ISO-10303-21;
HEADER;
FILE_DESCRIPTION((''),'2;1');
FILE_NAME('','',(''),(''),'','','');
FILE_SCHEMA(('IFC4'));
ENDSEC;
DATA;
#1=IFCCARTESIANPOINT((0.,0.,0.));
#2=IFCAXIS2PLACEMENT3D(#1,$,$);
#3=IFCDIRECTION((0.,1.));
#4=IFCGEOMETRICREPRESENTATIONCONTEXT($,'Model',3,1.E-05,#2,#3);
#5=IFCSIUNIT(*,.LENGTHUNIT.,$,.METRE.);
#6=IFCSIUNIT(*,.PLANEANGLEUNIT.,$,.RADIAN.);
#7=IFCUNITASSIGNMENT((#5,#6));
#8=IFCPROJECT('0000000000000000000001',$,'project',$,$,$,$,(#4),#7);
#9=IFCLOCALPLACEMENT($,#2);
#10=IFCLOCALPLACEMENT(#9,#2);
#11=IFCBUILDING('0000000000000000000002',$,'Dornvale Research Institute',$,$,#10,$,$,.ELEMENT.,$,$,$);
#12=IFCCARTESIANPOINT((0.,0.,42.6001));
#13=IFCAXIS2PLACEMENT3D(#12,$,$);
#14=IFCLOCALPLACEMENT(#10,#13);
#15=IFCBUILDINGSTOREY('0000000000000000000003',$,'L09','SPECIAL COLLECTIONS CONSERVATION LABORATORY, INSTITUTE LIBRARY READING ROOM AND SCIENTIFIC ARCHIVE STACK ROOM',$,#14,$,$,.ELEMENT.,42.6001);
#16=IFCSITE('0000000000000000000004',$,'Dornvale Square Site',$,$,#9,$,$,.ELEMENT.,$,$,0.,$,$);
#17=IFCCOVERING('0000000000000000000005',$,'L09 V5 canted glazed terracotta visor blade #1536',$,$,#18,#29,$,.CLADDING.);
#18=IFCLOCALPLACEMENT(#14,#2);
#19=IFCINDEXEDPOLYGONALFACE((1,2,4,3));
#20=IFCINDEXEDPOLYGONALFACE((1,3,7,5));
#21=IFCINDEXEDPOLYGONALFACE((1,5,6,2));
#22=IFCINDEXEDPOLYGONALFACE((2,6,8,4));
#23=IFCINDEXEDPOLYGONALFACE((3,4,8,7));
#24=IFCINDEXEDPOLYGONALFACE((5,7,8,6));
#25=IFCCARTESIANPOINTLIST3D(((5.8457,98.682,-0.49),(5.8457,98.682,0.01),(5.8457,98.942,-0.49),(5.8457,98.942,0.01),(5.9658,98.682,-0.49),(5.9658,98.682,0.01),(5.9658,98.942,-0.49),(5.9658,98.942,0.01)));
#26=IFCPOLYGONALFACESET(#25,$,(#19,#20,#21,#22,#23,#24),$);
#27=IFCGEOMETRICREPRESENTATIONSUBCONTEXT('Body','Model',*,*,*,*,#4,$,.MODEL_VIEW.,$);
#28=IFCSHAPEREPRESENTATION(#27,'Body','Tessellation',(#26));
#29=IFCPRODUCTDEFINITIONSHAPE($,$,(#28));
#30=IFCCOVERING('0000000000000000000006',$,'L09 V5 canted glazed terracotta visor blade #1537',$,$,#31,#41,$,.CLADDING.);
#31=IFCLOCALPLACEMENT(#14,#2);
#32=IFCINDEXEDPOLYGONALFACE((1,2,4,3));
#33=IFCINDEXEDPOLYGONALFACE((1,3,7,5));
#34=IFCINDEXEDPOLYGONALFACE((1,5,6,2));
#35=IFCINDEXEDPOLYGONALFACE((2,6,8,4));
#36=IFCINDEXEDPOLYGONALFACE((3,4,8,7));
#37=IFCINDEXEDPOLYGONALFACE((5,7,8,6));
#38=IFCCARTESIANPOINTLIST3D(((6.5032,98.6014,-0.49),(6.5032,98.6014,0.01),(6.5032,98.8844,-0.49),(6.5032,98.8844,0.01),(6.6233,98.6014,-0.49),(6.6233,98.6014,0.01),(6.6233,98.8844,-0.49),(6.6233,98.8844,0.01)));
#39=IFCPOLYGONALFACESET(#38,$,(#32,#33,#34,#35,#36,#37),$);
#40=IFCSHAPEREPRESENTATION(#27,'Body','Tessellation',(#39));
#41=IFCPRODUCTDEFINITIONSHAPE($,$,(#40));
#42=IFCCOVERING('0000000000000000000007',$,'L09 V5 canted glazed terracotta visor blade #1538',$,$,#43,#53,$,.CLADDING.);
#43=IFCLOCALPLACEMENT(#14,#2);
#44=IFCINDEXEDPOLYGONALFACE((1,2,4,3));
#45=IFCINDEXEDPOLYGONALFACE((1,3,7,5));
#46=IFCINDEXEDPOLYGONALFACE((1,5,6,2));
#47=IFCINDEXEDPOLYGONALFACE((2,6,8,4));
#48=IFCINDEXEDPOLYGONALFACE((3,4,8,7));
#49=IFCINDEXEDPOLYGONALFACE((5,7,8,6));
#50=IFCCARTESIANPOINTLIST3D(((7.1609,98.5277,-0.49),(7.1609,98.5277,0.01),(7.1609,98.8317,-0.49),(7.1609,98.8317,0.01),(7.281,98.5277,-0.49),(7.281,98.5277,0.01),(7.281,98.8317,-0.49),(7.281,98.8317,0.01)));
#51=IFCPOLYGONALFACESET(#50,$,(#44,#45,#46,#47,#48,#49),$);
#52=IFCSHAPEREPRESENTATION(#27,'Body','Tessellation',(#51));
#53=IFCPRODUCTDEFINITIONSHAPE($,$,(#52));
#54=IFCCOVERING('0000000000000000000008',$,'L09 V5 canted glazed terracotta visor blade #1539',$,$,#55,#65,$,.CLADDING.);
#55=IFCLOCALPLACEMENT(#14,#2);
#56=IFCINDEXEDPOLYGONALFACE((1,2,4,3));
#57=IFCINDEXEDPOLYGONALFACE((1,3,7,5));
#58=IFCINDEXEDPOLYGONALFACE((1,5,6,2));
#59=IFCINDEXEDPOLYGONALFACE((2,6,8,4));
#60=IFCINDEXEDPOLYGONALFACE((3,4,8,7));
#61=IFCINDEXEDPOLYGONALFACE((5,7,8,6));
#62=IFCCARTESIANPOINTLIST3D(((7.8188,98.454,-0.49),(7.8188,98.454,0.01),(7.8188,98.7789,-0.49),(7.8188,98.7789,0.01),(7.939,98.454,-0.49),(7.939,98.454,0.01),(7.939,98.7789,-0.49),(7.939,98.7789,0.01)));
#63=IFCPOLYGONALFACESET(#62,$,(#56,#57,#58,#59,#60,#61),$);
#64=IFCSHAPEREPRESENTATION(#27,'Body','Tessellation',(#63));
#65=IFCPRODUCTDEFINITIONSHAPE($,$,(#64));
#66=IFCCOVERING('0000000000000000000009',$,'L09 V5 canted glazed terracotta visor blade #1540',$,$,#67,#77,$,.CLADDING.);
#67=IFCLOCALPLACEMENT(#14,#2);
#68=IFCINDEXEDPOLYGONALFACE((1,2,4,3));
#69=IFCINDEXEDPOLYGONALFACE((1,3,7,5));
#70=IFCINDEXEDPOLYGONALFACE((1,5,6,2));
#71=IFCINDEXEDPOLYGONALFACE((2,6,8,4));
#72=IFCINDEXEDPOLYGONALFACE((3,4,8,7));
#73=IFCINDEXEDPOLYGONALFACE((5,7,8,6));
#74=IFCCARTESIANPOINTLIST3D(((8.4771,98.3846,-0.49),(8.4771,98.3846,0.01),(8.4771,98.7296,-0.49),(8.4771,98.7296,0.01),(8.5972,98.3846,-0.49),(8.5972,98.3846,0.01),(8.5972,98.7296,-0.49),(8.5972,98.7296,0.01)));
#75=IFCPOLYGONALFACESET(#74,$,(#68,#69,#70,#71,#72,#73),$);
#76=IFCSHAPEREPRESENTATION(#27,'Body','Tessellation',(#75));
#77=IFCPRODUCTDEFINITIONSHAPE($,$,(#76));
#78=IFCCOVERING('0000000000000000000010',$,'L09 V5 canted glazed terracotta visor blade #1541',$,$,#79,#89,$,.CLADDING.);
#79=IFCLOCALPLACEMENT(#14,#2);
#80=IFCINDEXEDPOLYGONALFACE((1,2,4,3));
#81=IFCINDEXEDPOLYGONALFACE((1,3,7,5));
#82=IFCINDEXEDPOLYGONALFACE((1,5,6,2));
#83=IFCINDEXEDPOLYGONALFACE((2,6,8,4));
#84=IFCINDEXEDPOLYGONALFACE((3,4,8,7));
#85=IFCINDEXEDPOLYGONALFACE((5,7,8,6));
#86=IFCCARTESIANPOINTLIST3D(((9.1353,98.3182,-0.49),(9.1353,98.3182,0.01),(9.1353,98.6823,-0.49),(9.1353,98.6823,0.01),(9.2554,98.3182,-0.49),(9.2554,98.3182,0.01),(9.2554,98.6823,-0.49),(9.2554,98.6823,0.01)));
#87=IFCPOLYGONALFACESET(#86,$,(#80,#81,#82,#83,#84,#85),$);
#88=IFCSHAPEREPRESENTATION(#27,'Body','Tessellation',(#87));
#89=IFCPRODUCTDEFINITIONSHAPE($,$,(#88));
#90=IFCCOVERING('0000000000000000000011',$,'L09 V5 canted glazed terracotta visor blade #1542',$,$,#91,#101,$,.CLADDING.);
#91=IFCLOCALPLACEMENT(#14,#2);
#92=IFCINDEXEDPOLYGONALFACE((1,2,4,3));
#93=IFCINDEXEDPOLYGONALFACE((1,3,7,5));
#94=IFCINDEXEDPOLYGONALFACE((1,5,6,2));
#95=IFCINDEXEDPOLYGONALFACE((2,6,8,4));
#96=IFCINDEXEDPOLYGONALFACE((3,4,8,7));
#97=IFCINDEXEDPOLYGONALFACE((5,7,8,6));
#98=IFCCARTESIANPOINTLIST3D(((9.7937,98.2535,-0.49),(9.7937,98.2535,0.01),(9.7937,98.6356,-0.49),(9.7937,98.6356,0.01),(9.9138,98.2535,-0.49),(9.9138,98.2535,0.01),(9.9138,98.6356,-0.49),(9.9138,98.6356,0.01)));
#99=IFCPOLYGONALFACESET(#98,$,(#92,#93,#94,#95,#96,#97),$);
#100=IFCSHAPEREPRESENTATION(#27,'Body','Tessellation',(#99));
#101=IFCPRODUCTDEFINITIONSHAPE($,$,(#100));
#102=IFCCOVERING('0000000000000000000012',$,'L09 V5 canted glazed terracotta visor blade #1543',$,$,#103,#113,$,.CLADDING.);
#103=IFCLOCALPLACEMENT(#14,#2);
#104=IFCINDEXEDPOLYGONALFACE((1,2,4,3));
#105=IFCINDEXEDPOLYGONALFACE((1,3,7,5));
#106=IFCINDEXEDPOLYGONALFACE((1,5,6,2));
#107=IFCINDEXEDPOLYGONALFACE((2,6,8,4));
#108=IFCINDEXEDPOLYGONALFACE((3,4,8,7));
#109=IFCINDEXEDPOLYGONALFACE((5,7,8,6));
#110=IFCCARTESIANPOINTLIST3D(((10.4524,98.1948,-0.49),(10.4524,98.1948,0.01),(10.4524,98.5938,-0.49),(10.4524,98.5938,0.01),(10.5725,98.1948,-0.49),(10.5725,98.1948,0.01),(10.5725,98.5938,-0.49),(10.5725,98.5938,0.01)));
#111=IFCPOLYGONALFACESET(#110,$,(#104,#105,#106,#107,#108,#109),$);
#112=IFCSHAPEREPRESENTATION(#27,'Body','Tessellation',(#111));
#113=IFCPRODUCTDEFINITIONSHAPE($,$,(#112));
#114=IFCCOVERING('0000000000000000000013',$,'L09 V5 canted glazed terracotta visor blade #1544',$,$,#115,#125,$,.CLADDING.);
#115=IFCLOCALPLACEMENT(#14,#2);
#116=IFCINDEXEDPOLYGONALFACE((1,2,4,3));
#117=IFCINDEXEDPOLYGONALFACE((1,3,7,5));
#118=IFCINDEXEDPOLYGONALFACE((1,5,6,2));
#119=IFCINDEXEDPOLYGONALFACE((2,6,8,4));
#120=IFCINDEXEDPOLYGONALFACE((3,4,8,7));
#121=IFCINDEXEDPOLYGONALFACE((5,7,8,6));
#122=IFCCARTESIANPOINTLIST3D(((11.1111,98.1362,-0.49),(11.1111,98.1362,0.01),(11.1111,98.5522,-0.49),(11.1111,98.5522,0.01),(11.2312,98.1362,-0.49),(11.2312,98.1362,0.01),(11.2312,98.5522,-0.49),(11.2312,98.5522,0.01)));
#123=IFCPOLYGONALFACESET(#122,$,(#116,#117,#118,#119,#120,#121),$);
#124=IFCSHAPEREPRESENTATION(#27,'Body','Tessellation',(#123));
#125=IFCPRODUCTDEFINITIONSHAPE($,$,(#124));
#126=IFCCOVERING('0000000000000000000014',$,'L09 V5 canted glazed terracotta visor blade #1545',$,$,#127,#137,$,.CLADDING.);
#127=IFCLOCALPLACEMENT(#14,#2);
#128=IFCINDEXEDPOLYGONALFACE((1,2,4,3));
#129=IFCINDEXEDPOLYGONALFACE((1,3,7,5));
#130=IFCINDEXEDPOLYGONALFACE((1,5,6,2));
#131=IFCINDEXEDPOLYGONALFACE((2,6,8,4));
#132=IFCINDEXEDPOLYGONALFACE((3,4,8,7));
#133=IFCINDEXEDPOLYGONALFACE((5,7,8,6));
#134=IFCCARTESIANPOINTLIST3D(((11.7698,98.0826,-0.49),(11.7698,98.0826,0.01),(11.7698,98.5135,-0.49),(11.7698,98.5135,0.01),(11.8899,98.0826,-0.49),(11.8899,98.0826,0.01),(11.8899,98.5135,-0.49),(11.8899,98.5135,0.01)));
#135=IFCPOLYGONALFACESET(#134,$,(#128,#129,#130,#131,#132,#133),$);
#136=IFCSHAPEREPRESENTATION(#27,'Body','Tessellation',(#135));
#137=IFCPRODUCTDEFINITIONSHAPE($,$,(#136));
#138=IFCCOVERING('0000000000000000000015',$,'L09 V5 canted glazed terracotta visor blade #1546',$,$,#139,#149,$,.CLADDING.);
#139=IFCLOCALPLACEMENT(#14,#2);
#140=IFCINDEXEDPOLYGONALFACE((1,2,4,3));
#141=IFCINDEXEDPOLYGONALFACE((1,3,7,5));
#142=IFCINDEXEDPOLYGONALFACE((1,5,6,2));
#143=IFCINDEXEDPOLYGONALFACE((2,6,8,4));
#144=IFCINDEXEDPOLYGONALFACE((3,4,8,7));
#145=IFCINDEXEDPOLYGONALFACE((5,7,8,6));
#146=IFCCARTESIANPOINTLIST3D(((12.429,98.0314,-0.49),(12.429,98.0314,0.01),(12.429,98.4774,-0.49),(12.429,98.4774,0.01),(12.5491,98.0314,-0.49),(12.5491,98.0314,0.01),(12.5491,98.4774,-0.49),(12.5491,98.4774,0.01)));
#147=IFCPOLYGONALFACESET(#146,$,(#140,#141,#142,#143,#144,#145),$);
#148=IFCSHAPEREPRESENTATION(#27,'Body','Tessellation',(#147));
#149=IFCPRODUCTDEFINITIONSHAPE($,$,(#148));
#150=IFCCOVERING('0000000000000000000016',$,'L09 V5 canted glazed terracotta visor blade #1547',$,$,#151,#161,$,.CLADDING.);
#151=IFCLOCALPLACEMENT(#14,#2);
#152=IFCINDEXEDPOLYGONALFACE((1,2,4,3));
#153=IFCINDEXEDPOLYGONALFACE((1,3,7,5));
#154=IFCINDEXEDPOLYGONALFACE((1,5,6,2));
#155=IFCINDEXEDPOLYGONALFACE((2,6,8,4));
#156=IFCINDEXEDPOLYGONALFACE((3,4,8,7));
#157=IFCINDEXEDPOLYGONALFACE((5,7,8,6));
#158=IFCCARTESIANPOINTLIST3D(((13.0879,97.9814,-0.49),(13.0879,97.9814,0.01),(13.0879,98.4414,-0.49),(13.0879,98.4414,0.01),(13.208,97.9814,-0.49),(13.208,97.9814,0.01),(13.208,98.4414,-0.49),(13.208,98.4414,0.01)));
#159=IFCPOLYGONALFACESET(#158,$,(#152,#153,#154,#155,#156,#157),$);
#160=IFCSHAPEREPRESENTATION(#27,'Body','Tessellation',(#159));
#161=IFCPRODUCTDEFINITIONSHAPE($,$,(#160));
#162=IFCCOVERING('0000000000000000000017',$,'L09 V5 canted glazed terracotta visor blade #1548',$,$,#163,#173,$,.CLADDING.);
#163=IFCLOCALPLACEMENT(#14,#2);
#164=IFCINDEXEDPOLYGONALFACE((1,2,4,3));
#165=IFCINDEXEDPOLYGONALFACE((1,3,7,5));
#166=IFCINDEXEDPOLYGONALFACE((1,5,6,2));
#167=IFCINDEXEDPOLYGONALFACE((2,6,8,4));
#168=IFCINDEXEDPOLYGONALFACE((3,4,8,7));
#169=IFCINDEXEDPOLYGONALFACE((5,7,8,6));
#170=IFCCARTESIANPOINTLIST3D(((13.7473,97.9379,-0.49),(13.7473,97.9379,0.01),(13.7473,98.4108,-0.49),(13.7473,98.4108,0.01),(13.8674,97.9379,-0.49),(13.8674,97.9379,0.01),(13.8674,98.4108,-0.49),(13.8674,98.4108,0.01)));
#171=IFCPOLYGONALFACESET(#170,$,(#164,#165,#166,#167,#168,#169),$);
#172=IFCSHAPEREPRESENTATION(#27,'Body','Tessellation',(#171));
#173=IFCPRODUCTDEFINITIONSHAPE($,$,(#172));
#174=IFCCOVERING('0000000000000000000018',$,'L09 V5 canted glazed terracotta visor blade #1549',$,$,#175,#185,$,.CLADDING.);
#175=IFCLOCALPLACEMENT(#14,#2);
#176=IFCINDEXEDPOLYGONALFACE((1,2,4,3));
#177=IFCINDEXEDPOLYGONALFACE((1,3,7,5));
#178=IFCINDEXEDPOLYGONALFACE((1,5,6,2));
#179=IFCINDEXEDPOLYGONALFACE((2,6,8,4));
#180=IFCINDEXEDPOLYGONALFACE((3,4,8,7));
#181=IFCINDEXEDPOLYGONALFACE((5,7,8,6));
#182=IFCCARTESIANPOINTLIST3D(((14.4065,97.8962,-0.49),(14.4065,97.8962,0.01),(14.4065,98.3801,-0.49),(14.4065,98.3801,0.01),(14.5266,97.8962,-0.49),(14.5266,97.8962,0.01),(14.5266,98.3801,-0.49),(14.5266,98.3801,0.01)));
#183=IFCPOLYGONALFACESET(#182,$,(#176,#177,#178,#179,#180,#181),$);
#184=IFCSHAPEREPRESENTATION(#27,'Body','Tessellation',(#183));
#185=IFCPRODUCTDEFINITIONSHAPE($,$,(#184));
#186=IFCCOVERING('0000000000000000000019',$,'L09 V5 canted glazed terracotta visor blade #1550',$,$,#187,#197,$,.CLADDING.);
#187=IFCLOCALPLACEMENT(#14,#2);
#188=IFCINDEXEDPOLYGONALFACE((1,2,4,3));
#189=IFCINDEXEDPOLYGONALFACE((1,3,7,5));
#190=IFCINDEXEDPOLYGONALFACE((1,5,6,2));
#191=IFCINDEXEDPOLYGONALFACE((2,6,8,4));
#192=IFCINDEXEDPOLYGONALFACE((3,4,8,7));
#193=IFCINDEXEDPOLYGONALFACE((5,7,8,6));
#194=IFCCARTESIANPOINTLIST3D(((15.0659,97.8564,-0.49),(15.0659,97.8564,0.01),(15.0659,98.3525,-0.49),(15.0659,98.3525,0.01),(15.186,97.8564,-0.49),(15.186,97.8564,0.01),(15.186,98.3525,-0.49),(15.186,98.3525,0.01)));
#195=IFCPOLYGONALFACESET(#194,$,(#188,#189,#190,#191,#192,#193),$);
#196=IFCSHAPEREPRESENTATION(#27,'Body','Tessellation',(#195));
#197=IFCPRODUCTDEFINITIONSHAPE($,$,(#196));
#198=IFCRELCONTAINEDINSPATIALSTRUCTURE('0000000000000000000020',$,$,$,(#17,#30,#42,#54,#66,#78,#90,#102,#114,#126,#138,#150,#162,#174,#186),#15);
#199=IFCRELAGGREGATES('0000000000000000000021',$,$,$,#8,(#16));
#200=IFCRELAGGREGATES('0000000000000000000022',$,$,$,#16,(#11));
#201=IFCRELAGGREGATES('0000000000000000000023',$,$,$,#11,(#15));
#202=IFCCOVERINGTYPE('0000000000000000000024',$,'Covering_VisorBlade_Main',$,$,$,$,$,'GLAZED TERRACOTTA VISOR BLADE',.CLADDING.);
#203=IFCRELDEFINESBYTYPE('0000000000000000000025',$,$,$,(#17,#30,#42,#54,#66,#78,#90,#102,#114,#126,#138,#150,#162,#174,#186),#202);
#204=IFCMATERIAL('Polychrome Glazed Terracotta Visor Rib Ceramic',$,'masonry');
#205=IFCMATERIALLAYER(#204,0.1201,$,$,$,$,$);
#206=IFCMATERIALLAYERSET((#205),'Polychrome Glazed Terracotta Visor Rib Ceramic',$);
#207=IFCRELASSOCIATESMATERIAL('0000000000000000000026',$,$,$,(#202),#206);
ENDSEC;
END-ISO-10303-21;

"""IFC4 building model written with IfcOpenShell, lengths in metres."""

from ifc_helpers import new_model, si_unit, direction, frame, origin, origin_2d, place, context, subcontext, project, spatial, rectangle, extrude, material, layer, layer_set, type_object, element, save


model = new_model("IFC4")

# Units and contexts
model_context = context("Model", 3, precision=1e-05, world=origin(), true_north=direction((0.0, 1.0)))
body_context = subcontext(model_context, "Body", "Model", "MODEL_VIEW")
ifc_project = project(units=[si_unit("LENGTHUNIT", "METRE"), si_unit("PLANEANGLEUNIT", "RADIAN")], contexts=[model_context])

# Site, building, storey
site_placement = place(None, origin())
site = spatial("IfcSite", under=ifc_project, at=site_placement, Name="Dornvale Square Site", CompositionType="ELEMENT", RefElevation=0.0)
building_placement = place(site_placement, origin())
building = spatial("IfcBuilding", under=site, at=building_placement, Name="Dornvale Research Institute", CompositionType="ELEMENT")
storey_placement = place(building_placement, frame((0.0, 0.0, 42.6001)))
storey = spatial("IfcBuildingStorey", under=building, at=storey_placement, Name="L09", Description="SPECIAL COLLECTIONS CONSERVATION LABORATORY, INSTITUTE LIBRARY READING ROOM AND SCIENTIFIC ARCHIVE STACK ROOM", CompositionType="ELEMENT", Elevation=42.6001)

# Coverings
ifc_material = material(Name="Polychrome Glazed Terracotta Visor Rib Ceramic", Category="masonry")
ifc_layer = layer(ifc_material, 0.1201)
ifc_layer_set = layer_set([ifc_layer], Name="Polychrome Glazed Terracotta Visor Rib Ceramic")
covering_type = type_object("IfcCoveringType", Name="Covering_VisorBlade_Main", ElementType="GLAZED TERRACOTTA VISOR BLADE", PredefinedType="CLADDING", material=ifc_layer_set)
covering_1_placement = place(storey_placement, frame((5.9058, 98.812, -0.49), z_axis=(0.0, 0.0, 1.0), x_axis=(0.0, 1.0, 0.0)))
element("IfcCovering", 1, at=covering_1_placement, inside=storey, type_object=covering_type, Name="L09 V5 canted glazed terracotta visor blade #1536", PredefinedType="CLADDING", context=body_context, shape_type="SweptSolid", body=[
    extrude(rectangle(XDim=0.26, YDim=0.1201, at=origin_2d()), origin(), (0.0, 0.0, 1.0), 0.5),
])
covering_2_placement = place(storey_placement, frame((6.5632, 98.7429, -0.49), z_axis=(0.0, 0.0, 1.0), x_axis=(0.0, 1.0, 0.0)))
element("IfcCovering", 2, at=covering_2_placement, inside=storey, type_object=covering_type, Name="L09 V5 canted glazed terracotta visor blade #1537", PredefinedType="CLADDING", context=body_context, shape_type="SweptSolid", body=[
    extrude(rectangle(XDim=0.283, YDim=0.1201, at=origin_2d()), origin(), (0.0, 0.0, 1.0), 0.5),
])
covering_3_placement = place(storey_placement, frame((7.2209, 98.6797, -0.49), z_axis=(0.0, 0.0, 1.0), x_axis=(0.0, 1.0, 0.0)))
element("IfcCovering", 3, at=covering_3_placement, inside=storey, type_object=covering_type, Name="L09 V5 canted glazed terracotta visor blade #1538", PredefinedType="CLADDING", context=body_context, shape_type="SweptSolid", body=[
    extrude(rectangle(XDim=0.304, YDim=0.1201, at=origin_2d()), origin(), (0.0, 0.0, 1.0), 0.5),
])
covering_4_placement = place(storey_placement, frame((7.8789, 98.6165, -0.49), z_axis=(0.0, 0.0, 1.0), x_axis=(0.0, 1.0, 0.0)))
element("IfcCovering", 4, at=covering_4_placement, inside=storey, type_object=covering_type, Name="L09 V5 canted glazed terracotta visor blade #1539", PredefinedType="CLADDING", context=body_context, shape_type="SweptSolid", body=[
    extrude(rectangle(XDim=0.325, YDim=0.1201, at=origin_2d()), origin(), (0.0, 0.0, 1.0), 0.5),
])
covering_5_placement = place(storey_placement, frame((8.5371, 98.5571, -0.49), z_axis=(0.0, 0.0, 1.0), x_axis=(0.0, 1.0, 0.0)))
element("IfcCovering", 5, at=covering_5_placement, inside=storey, type_object=covering_type, Name="L09 V5 canted glazed terracotta visor blade #1540", PredefinedType="CLADDING", context=body_context, shape_type="SweptSolid", body=[
    extrude(rectangle(XDim=0.345, YDim=0.1201, at=origin_2d()), origin(), (0.0, 0.0, 1.0), 0.5),
])
covering_6_placement = place(storey_placement, frame((9.1953, 98.5002, -0.49), z_axis=(0.0, 0.0, 1.0), x_axis=(0.0, 1.0, 0.0)))
element("IfcCovering", 6, at=covering_6_placement, inside=storey, type_object=covering_type, Name="L09 V5 canted glazed terracotta visor blade #1541", PredefinedType="CLADDING", context=body_context, shape_type="SweptSolid", body=[
    extrude(rectangle(XDim=0.364, YDim=0.1201, at=origin_2d()), origin(), (0.0, 0.0, 1.0), 0.5),
])
covering_7_placement = place(storey_placement, frame((9.8538, 98.4446, -0.49), z_axis=(0.0, 0.0, 1.0), x_axis=(0.0, 1.0, 0.0)))
element("IfcCovering", 7, at=covering_7_placement, inside=storey, type_object=covering_type, Name="L09 V5 canted glazed terracotta visor blade #1542", PredefinedType="CLADDING", context=body_context, shape_type="SweptSolid", body=[
    extrude(rectangle(XDim=0.3821, YDim=0.1201, at=origin_2d()), origin(), (0.0, 0.0, 1.0), 0.5),
])
covering_8_placement = place(storey_placement, frame((10.5125, 98.3943, -0.49), z_axis=(0.0, 0.0, 1.0), x_axis=(0.0, 1.0, 0.0)))
element("IfcCovering", 8, at=covering_8_placement, inside=storey, type_object=covering_type, Name="L09 V5 canted glazed terracotta visor blade #1543", PredefinedType="CLADDING", context=body_context, shape_type="SweptSolid", body=[
    extrude(rectangle(XDim=0.3989, YDim=0.1201, at=origin_2d()), origin(), (0.0, 0.0, 1.0), 0.5),
])
covering_9_placement = place(storey_placement, frame((11.1711, 98.3442, -0.49), z_axis=(0.0, 0.0, 1.0), x_axis=(0.0, 1.0, 0.0)))
element("IfcCovering", 9, at=covering_9_placement, inside=storey, type_object=covering_type, Name="L09 V5 canted glazed terracotta visor blade #1544", PredefinedType="CLADDING", context=body_context, shape_type="SweptSolid", body=[
    extrude(rectangle(XDim=0.416, YDim=0.1201, at=origin_2d()), origin(), (0.0, 0.0, 1.0), 0.5),
])
covering_10_placement = place(storey_placement, frame((11.8298, 98.2981, -0.49), z_axis=(0.0, 0.0, 1.0), x_axis=(0.0, 1.0, 0.0)))
element("IfcCovering", 10, at=covering_10_placement, inside=storey, type_object=covering_type, Name="L09 V5 canted glazed terracotta visor blade #1545", PredefinedType="CLADDING", context=body_context, shape_type="SweptSolid", body=[
    extrude(rectangle(XDim=0.4309, YDim=0.1201, at=origin_2d()), origin(), (0.0, 0.0, 1.0), 0.5),
])
covering_11_placement = place(storey_placement, frame((12.489, 98.2544, -0.49), z_axis=(0.0, 0.0, 1.0), x_axis=(0.0, 1.0, 0.0)))
element("IfcCovering", 11, at=covering_11_placement, inside=storey, type_object=covering_type, Name="L09 V5 canted glazed terracotta visor blade #1546", PredefinedType="CLADDING", context=body_context, shape_type="SweptSolid", body=[
    extrude(rectangle(XDim=0.446, YDim=0.1201, at=origin_2d()), origin(), (0.0, 0.0, 1.0), 0.5),
])
covering_12_placement = place(storey_placement, frame((13.1479, 98.2114, -0.49), z_axis=(0.0, 0.0, 1.0), x_axis=(0.0, 1.0, 0.0)))
element("IfcCovering", 12, at=covering_12_placement, inside=storey, type_object=covering_type, Name="L09 V5 canted glazed terracotta visor blade #1547", PredefinedType="CLADDING", context=body_context, shape_type="SweptSolid", body=[
    extrude(rectangle(XDim=0.46, YDim=0.1201, at=origin_2d()), origin(), (0.0, 0.0, 1.0), 0.5),
])
covering_13_placement = place(storey_placement, frame((13.8074, 98.1743, -0.49), z_axis=(0.0, 0.0, 1.0), x_axis=(0.0, 1.0, 0.0)))
element("IfcCovering", 13, at=covering_13_placement, inside=storey, type_object=covering_type, Name="L09 V5 canted glazed terracotta visor blade #1548", PredefinedType="CLADDING", context=body_context, shape_type="SweptSolid", body=[
    extrude(rectangle(XDim=0.4729, YDim=0.1201, at=origin_2d()), origin(), (0.0, 0.0, 1.0), 0.5),
])
covering_14_placement = place(storey_placement, frame((14.4666, 98.1382, -0.49), z_axis=(0.0, 0.0, 1.0), x_axis=(0.0, 1.0, 0.0)))
element("IfcCovering", 14, at=covering_14_placement, inside=storey, type_object=covering_type, Name="L09 V5 canted glazed terracotta visor blade #1549", PredefinedType="CLADDING", context=body_context, shape_type="SweptSolid", body=[
    extrude(rectangle(XDim=0.4839, YDim=0.1201, at=origin_2d()), origin(), (0.0, 0.0, 1.0), 0.5),
])
covering_15_placement = place(storey_placement, frame((15.126, 98.1045, -0.49), z_axis=(0.0, 0.0, 1.0), x_axis=(0.0, 1.0, 0.0)))
element("IfcCovering", 15, at=covering_15_placement, inside=storey, type_object=covering_type, Name="L09 V5 canted glazed terracotta visor blade #1550", PredefinedType="CLADDING", context=body_context, shape_type="SweptSolid", body=[
    extrude(rectangle(XDim=0.4961, YDim=0.1201, at=origin_2d()), origin(), (0.0, 0.0, 1.0), 0.5),
])

save(model, "model.ifc")
